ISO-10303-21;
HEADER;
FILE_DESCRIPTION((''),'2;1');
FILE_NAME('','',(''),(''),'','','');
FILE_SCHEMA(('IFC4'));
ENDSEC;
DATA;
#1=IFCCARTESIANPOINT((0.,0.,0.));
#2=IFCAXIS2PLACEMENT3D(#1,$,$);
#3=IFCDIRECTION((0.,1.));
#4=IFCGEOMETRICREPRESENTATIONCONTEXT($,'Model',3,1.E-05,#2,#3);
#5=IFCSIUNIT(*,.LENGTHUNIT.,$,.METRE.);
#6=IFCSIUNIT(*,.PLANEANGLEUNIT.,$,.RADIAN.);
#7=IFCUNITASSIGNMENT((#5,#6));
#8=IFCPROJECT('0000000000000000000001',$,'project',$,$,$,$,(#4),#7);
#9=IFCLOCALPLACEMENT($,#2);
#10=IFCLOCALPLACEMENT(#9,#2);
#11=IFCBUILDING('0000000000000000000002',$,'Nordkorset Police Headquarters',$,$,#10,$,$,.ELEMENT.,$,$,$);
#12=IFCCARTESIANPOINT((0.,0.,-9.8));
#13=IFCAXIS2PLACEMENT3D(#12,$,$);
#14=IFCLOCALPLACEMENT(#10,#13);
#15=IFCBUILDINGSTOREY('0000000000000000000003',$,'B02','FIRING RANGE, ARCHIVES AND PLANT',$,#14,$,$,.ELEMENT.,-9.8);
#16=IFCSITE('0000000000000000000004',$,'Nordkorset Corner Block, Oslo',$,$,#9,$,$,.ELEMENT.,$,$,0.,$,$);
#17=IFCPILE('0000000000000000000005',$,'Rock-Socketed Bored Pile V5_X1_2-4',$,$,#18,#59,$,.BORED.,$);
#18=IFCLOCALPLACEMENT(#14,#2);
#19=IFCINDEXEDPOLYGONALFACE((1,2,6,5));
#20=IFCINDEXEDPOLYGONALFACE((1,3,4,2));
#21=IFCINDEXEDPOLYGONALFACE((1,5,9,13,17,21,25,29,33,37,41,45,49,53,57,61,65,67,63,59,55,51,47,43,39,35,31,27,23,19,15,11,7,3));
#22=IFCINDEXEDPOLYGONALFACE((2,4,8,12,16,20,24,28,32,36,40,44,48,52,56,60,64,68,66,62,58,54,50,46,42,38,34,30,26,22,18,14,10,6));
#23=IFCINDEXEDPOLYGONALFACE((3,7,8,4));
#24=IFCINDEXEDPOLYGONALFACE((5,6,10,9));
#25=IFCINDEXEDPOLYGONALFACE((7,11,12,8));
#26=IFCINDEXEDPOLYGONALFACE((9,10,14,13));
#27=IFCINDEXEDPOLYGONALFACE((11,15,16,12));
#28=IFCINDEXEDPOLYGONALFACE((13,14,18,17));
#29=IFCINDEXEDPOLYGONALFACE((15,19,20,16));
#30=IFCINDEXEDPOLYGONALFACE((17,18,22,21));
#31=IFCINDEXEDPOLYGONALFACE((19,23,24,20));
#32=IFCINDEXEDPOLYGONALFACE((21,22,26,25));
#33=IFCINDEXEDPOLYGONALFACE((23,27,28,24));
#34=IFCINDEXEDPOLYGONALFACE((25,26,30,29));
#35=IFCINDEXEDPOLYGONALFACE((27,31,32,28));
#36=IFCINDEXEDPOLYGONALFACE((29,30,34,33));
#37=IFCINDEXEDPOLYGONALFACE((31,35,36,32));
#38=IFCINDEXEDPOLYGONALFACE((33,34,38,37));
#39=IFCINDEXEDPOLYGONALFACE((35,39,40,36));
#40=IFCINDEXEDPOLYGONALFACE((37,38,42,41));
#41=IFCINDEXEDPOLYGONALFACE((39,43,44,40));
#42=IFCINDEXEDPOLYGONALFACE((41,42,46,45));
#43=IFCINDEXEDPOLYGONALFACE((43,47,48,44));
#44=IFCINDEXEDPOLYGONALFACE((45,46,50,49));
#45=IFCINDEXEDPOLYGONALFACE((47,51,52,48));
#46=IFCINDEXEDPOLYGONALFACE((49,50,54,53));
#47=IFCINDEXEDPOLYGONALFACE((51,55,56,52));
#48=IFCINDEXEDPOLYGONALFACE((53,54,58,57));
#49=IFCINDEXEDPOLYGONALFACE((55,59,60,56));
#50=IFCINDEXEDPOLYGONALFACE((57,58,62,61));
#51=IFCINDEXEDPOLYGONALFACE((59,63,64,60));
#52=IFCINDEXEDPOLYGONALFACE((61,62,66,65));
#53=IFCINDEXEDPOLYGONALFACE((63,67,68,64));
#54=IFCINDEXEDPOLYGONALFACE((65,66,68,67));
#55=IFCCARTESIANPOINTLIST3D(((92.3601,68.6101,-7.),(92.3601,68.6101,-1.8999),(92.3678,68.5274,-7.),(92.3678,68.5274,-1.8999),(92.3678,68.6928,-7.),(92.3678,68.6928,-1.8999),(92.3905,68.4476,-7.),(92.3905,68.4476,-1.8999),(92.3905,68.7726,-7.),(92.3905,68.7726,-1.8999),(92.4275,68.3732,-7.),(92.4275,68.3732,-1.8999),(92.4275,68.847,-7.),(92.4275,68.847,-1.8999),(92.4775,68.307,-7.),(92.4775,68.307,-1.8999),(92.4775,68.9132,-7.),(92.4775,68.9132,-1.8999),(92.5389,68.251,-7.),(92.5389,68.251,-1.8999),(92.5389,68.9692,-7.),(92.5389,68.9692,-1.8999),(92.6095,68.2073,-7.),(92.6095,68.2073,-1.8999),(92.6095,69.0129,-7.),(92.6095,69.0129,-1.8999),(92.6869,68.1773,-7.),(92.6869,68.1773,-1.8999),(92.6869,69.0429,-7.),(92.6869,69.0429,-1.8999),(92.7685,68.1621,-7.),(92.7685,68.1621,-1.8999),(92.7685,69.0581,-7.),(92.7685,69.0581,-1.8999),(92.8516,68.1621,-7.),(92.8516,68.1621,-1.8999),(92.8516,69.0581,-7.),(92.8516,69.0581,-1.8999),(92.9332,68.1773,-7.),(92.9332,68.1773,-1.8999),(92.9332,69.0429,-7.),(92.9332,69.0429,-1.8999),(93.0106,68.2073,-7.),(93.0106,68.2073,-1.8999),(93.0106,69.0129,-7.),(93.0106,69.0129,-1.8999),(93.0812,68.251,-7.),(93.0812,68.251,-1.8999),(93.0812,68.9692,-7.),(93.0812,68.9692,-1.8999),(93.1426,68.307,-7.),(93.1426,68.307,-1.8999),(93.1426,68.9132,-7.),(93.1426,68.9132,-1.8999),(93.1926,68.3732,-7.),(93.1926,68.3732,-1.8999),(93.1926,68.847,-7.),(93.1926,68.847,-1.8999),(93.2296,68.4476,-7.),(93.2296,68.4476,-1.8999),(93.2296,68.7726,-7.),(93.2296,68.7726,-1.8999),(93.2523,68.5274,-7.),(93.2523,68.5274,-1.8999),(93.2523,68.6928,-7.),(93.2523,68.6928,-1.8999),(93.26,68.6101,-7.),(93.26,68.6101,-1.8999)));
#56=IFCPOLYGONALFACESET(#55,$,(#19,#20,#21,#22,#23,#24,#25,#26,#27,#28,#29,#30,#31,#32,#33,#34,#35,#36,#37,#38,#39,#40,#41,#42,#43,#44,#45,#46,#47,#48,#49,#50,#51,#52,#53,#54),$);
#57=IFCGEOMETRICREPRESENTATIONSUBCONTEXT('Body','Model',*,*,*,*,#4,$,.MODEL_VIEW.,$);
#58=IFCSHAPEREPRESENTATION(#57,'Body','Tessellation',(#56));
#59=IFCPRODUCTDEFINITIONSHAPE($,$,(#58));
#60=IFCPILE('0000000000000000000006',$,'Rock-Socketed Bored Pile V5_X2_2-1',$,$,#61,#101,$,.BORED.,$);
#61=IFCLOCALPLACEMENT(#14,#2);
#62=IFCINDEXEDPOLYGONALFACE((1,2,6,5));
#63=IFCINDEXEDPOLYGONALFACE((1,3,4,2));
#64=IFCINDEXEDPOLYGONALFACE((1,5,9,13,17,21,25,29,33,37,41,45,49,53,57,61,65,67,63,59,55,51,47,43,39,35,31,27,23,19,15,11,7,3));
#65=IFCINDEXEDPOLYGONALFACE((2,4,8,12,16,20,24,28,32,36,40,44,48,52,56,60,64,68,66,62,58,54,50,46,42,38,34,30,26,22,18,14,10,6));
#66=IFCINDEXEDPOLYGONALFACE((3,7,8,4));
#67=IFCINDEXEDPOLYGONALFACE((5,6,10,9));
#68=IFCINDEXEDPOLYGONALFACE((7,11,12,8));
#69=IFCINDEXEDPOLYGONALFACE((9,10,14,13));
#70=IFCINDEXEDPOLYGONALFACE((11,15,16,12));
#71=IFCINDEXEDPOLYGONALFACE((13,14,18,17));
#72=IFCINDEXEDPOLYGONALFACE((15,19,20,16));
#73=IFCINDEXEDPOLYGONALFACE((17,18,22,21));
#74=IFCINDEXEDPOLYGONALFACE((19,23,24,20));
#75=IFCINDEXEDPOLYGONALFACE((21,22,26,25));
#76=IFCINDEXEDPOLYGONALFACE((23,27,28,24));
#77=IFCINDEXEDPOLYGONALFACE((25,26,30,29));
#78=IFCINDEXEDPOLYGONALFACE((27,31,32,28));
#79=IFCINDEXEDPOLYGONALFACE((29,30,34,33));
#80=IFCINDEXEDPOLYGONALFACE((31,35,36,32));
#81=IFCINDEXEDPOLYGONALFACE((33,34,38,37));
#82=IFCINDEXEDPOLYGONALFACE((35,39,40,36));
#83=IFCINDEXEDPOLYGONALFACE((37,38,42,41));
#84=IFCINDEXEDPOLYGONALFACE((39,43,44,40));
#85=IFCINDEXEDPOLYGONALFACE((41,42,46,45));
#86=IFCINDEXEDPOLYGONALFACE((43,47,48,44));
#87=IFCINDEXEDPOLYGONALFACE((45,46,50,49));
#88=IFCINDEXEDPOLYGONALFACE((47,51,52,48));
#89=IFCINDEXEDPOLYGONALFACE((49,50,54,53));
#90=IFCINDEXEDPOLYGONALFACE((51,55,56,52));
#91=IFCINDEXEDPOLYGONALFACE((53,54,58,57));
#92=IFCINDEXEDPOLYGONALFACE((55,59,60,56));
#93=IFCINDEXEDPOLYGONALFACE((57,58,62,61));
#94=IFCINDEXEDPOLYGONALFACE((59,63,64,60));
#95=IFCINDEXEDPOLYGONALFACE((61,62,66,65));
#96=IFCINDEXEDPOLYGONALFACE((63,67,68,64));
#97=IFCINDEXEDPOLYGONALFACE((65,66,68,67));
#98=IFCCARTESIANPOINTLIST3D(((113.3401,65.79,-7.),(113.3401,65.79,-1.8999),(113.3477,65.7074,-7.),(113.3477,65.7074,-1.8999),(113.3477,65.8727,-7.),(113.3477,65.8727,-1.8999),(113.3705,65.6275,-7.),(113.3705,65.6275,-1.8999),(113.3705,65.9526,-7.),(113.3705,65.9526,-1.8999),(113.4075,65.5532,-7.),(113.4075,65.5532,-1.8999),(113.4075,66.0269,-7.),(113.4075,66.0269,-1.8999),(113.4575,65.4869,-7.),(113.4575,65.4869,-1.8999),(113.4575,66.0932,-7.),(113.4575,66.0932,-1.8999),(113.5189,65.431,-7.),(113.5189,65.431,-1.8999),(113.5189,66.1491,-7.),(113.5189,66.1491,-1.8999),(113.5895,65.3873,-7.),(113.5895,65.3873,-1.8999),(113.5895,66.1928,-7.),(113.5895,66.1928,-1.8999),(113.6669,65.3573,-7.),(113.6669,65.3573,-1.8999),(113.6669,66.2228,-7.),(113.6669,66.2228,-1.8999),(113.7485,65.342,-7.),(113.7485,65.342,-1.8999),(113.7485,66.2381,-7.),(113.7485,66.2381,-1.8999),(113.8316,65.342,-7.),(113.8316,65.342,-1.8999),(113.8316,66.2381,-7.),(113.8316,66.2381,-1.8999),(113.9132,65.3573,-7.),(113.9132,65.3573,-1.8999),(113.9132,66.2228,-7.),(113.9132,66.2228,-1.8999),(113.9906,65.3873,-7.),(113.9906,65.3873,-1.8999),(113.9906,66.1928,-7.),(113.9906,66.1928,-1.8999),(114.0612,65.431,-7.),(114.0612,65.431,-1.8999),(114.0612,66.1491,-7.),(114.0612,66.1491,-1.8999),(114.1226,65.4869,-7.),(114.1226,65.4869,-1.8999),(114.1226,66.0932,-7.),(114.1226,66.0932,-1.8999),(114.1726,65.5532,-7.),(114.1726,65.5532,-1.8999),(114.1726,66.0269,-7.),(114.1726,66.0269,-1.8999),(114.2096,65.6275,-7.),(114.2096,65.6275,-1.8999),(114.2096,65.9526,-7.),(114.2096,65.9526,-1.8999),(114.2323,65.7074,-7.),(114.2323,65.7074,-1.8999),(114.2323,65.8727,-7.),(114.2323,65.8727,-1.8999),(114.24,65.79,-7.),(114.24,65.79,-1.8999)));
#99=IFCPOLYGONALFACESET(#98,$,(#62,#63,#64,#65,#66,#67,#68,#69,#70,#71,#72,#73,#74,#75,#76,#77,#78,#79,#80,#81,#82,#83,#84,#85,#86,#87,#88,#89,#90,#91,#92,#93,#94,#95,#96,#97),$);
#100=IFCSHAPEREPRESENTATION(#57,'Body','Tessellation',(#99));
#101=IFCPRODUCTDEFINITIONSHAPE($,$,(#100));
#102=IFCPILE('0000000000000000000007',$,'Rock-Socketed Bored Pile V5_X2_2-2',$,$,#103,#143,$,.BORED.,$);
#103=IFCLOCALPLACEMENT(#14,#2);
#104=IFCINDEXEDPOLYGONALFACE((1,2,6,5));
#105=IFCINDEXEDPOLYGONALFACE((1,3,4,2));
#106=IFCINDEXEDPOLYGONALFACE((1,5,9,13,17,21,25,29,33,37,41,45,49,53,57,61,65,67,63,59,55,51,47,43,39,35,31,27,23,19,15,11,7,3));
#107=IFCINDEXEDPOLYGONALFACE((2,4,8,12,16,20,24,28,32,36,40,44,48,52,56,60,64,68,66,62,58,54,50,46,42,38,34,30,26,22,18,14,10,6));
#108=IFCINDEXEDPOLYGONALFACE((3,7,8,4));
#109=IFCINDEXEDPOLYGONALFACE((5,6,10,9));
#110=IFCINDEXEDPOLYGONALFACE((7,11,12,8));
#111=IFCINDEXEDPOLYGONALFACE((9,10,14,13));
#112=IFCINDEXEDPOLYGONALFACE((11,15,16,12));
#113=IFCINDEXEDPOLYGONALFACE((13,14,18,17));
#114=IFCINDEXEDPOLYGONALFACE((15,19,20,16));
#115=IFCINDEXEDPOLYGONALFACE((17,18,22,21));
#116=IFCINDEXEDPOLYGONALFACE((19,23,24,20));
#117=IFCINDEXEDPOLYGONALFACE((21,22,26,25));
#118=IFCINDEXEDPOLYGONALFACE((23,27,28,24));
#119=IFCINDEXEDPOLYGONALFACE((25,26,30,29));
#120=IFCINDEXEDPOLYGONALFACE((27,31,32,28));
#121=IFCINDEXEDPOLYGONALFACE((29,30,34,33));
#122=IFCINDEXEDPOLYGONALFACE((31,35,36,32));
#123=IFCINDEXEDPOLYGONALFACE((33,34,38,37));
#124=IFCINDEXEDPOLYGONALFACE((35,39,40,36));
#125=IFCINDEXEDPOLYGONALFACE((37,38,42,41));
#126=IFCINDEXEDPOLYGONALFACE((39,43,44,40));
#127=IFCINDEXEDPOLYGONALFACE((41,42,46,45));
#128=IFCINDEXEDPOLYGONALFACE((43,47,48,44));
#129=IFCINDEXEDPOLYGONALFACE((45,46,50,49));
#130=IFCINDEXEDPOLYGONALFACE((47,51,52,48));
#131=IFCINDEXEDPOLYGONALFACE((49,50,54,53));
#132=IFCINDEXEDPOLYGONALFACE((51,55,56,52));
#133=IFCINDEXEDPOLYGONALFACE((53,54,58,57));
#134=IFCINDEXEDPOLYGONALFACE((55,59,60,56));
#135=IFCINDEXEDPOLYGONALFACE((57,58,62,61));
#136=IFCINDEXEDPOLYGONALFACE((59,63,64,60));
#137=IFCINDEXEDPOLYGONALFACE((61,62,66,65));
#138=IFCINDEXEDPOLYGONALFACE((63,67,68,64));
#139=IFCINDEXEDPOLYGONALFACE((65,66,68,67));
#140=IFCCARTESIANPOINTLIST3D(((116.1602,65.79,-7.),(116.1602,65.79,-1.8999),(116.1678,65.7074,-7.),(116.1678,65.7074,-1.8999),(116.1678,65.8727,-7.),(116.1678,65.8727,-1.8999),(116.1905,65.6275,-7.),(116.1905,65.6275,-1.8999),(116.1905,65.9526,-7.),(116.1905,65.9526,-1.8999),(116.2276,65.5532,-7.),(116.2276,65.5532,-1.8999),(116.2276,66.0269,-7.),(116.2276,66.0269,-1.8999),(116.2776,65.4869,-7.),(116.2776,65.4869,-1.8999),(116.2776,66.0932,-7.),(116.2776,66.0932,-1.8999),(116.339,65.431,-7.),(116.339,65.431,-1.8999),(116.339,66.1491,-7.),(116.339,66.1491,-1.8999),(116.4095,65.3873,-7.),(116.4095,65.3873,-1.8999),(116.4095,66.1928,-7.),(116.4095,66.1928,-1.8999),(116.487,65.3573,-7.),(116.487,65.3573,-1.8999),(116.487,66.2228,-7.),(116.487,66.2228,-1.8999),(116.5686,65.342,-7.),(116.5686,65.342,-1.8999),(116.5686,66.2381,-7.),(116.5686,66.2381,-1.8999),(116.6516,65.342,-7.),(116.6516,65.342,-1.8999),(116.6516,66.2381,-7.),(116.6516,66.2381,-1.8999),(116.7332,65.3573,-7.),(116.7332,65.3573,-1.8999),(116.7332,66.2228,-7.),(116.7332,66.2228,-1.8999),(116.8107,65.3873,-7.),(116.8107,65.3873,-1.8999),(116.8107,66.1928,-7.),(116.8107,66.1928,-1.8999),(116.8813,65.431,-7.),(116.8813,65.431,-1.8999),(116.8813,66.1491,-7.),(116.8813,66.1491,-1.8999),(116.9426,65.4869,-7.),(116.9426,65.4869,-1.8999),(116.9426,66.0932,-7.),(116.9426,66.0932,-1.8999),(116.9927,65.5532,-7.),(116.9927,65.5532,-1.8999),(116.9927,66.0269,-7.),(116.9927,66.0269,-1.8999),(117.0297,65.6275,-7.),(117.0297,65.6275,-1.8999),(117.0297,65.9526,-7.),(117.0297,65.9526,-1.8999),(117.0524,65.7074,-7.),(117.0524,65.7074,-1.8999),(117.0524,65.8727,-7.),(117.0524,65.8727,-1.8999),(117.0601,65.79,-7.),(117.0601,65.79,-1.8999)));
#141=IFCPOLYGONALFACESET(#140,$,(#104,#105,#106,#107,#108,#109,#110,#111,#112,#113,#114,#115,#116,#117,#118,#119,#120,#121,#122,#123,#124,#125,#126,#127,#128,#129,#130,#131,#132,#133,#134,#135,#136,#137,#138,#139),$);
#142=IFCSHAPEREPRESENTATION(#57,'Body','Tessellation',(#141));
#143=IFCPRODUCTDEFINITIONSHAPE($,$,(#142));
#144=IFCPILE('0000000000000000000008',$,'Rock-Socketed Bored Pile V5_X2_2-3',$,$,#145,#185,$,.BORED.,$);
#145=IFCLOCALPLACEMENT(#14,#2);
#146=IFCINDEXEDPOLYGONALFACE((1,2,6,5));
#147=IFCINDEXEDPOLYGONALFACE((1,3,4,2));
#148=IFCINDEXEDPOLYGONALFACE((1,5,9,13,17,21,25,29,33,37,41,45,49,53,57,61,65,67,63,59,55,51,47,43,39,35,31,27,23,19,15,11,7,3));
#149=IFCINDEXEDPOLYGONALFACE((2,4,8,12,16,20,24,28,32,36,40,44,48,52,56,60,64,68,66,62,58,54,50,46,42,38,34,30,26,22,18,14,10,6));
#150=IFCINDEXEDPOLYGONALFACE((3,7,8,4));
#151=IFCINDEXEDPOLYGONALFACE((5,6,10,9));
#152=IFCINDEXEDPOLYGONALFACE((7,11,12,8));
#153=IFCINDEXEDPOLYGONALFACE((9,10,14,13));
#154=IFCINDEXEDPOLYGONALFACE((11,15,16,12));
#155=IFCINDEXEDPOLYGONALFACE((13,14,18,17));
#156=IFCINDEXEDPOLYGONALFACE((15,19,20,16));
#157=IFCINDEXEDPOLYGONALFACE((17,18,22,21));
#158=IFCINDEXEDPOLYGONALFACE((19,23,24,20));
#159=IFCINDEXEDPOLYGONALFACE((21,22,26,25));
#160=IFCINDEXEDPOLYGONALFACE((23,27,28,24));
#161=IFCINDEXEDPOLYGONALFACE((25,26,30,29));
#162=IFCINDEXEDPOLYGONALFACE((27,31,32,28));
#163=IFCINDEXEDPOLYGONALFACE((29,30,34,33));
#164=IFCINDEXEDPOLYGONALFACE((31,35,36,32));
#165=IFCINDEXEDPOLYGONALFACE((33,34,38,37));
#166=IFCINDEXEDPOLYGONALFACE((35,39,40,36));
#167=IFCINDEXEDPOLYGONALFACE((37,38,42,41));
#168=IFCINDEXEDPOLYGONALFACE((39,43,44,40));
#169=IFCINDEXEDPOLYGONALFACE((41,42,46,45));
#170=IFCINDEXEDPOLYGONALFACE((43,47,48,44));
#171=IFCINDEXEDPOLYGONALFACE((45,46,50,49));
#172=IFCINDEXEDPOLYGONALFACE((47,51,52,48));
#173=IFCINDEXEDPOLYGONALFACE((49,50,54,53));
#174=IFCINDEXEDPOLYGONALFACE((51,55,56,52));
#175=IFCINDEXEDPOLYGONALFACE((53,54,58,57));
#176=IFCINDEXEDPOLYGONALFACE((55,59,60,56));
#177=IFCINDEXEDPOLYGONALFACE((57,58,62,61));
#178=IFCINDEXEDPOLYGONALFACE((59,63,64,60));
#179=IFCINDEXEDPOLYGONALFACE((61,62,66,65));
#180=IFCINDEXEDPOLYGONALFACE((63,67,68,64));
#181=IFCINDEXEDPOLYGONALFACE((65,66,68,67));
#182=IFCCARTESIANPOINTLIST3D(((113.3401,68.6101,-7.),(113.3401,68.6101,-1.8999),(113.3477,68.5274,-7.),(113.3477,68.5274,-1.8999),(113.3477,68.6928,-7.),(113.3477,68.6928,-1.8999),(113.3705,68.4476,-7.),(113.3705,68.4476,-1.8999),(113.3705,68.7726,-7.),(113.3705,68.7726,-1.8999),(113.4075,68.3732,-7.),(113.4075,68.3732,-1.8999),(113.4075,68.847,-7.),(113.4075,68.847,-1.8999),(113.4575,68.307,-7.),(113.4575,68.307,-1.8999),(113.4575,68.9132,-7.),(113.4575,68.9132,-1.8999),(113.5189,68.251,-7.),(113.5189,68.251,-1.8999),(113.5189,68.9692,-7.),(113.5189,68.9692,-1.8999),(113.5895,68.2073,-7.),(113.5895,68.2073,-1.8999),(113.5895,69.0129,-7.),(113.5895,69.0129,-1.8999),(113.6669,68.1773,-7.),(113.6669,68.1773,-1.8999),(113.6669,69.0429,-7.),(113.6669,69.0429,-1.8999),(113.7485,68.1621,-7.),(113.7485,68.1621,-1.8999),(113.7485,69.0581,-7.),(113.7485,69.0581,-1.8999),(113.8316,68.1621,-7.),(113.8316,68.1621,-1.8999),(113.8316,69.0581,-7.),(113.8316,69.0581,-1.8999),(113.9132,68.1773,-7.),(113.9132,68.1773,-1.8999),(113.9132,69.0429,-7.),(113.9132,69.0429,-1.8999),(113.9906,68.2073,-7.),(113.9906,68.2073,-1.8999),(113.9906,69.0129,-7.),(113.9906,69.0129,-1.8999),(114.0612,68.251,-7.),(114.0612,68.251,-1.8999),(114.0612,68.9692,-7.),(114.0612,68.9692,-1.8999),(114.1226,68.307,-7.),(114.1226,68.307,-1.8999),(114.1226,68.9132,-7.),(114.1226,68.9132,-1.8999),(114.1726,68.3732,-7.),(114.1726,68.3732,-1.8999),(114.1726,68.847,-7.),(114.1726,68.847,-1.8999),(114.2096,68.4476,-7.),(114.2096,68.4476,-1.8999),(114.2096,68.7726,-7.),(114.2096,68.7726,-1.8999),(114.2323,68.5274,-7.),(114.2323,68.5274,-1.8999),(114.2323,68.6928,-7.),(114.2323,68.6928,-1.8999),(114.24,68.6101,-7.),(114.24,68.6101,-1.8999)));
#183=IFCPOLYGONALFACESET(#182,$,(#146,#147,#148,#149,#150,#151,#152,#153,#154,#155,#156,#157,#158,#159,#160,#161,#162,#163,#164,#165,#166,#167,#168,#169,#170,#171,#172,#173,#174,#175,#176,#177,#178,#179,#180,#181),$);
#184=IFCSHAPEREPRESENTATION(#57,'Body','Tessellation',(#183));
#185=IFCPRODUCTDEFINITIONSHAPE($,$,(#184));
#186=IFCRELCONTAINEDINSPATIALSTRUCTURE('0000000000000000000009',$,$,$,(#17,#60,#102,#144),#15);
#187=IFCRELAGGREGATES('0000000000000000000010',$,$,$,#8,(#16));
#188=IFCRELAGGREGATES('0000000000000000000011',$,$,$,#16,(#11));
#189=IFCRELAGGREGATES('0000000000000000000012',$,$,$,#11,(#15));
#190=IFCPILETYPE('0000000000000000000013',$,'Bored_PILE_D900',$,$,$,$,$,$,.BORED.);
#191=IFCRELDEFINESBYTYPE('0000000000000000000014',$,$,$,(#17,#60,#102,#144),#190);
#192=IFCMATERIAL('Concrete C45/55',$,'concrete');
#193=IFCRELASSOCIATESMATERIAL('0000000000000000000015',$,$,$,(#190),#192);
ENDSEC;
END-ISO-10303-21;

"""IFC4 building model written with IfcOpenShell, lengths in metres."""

from ifc_helpers import new_model, si_unit, direction, frame, origin, origin_2d, place, context, subcontext, project, spatial, circle, extrude, material, material_profile, profile_set, type_object, element, save


model = new_model("IFC4")

# Units and contexts
model_context = context("Model", 3, precision=1e-05, world=origin(), true_north=direction((0.0, 1.0)))
body_context = subcontext(model_context, "Body", "Model", "MODEL_VIEW")
ifc_project = project(units=[si_unit("LENGTHUNIT", "METRE"), si_unit("PLANEANGLEUNIT", "RADIAN")], contexts=[model_context])

# Site, building, storey
site_placement = place(None, origin())
site = spatial("IfcSite", under=ifc_project, at=site_placement, Name="Nordkorset Corner Block, Oslo", CompositionType="ELEMENT", RefElevation=0.0)
building_placement = place(site_placement, origin())
building = spatial("IfcBuilding", under=site, at=building_placement, Name="Nordkorset Police Headquarters", CompositionType="ELEMENT")
storey_placement = place(building_placement, frame((0.0, 0.0, -9.8)))
storey = spatial("IfcBuildingStorey", under=building, at=storey_placement, Name="B02", Description="FIRING RANGE, ARCHIVES AND PLANT", CompositionType="ELEMENT", Elevation=-9.8)

# Piles
ifc_material_1 = material(Name="Concrete C45/55", Category="concrete")
ifc_material_profile_1 = material_profile(ifc_material_1, circle(Radius=0.45, at=origin_2d()), Name="PILE D900")
ifc_profile_set_1 = profile_set([ifc_material_profile_1], Name="Concrete C45/55")
pile_type = type_object("IfcPileType", Name="Bored_PILE_D900", PredefinedType="BORED", material=ifc_profile_set_1)
for number, where, z_axis, x_axis, name in (
    (1, (92.8101, 68.6101, -1.8999), (0.0, 0.0, -1.0), (1.0, 0.0, 0.0), "Rock-Socketed Bored Pile V5_X1_2-4"),
    (2, (113.79, 65.79, -1.8999), (0.0, 0.0, -1.0), (1.0, 0.0, 0.0), "Rock-Socketed Bored Pile V5_X2_2-1"),
    (3, (116.6101, 65.79, -1.8999), (0.0, 0.0, -1.0), (1.0, 0.0, 0.0), "Rock-Socketed Bored Pile V5_X2_2-2"),
    (4, (113.79, 68.6101, -1.8999), (0.0, 0.0, -1.0), (1.0, 0.0, 0.0), "Rock-Socketed Bored Pile V5_X2_2-3"),
):
    element("IfcPile", number, at=place(storey_placement, frame(where, z_axis=z_axis, x_axis=x_axis)), inside=storey, type_object=pile_type, Name=name, PredefinedType="BORED", context=body_context, shape_type="SweptSolid", body=[
        extrude(circle(Radius=0.45, at=origin_2d()), origin(), (0.0, 0.0, 1.0), 5.1001),
    ])

save(model, "model.ifc")
